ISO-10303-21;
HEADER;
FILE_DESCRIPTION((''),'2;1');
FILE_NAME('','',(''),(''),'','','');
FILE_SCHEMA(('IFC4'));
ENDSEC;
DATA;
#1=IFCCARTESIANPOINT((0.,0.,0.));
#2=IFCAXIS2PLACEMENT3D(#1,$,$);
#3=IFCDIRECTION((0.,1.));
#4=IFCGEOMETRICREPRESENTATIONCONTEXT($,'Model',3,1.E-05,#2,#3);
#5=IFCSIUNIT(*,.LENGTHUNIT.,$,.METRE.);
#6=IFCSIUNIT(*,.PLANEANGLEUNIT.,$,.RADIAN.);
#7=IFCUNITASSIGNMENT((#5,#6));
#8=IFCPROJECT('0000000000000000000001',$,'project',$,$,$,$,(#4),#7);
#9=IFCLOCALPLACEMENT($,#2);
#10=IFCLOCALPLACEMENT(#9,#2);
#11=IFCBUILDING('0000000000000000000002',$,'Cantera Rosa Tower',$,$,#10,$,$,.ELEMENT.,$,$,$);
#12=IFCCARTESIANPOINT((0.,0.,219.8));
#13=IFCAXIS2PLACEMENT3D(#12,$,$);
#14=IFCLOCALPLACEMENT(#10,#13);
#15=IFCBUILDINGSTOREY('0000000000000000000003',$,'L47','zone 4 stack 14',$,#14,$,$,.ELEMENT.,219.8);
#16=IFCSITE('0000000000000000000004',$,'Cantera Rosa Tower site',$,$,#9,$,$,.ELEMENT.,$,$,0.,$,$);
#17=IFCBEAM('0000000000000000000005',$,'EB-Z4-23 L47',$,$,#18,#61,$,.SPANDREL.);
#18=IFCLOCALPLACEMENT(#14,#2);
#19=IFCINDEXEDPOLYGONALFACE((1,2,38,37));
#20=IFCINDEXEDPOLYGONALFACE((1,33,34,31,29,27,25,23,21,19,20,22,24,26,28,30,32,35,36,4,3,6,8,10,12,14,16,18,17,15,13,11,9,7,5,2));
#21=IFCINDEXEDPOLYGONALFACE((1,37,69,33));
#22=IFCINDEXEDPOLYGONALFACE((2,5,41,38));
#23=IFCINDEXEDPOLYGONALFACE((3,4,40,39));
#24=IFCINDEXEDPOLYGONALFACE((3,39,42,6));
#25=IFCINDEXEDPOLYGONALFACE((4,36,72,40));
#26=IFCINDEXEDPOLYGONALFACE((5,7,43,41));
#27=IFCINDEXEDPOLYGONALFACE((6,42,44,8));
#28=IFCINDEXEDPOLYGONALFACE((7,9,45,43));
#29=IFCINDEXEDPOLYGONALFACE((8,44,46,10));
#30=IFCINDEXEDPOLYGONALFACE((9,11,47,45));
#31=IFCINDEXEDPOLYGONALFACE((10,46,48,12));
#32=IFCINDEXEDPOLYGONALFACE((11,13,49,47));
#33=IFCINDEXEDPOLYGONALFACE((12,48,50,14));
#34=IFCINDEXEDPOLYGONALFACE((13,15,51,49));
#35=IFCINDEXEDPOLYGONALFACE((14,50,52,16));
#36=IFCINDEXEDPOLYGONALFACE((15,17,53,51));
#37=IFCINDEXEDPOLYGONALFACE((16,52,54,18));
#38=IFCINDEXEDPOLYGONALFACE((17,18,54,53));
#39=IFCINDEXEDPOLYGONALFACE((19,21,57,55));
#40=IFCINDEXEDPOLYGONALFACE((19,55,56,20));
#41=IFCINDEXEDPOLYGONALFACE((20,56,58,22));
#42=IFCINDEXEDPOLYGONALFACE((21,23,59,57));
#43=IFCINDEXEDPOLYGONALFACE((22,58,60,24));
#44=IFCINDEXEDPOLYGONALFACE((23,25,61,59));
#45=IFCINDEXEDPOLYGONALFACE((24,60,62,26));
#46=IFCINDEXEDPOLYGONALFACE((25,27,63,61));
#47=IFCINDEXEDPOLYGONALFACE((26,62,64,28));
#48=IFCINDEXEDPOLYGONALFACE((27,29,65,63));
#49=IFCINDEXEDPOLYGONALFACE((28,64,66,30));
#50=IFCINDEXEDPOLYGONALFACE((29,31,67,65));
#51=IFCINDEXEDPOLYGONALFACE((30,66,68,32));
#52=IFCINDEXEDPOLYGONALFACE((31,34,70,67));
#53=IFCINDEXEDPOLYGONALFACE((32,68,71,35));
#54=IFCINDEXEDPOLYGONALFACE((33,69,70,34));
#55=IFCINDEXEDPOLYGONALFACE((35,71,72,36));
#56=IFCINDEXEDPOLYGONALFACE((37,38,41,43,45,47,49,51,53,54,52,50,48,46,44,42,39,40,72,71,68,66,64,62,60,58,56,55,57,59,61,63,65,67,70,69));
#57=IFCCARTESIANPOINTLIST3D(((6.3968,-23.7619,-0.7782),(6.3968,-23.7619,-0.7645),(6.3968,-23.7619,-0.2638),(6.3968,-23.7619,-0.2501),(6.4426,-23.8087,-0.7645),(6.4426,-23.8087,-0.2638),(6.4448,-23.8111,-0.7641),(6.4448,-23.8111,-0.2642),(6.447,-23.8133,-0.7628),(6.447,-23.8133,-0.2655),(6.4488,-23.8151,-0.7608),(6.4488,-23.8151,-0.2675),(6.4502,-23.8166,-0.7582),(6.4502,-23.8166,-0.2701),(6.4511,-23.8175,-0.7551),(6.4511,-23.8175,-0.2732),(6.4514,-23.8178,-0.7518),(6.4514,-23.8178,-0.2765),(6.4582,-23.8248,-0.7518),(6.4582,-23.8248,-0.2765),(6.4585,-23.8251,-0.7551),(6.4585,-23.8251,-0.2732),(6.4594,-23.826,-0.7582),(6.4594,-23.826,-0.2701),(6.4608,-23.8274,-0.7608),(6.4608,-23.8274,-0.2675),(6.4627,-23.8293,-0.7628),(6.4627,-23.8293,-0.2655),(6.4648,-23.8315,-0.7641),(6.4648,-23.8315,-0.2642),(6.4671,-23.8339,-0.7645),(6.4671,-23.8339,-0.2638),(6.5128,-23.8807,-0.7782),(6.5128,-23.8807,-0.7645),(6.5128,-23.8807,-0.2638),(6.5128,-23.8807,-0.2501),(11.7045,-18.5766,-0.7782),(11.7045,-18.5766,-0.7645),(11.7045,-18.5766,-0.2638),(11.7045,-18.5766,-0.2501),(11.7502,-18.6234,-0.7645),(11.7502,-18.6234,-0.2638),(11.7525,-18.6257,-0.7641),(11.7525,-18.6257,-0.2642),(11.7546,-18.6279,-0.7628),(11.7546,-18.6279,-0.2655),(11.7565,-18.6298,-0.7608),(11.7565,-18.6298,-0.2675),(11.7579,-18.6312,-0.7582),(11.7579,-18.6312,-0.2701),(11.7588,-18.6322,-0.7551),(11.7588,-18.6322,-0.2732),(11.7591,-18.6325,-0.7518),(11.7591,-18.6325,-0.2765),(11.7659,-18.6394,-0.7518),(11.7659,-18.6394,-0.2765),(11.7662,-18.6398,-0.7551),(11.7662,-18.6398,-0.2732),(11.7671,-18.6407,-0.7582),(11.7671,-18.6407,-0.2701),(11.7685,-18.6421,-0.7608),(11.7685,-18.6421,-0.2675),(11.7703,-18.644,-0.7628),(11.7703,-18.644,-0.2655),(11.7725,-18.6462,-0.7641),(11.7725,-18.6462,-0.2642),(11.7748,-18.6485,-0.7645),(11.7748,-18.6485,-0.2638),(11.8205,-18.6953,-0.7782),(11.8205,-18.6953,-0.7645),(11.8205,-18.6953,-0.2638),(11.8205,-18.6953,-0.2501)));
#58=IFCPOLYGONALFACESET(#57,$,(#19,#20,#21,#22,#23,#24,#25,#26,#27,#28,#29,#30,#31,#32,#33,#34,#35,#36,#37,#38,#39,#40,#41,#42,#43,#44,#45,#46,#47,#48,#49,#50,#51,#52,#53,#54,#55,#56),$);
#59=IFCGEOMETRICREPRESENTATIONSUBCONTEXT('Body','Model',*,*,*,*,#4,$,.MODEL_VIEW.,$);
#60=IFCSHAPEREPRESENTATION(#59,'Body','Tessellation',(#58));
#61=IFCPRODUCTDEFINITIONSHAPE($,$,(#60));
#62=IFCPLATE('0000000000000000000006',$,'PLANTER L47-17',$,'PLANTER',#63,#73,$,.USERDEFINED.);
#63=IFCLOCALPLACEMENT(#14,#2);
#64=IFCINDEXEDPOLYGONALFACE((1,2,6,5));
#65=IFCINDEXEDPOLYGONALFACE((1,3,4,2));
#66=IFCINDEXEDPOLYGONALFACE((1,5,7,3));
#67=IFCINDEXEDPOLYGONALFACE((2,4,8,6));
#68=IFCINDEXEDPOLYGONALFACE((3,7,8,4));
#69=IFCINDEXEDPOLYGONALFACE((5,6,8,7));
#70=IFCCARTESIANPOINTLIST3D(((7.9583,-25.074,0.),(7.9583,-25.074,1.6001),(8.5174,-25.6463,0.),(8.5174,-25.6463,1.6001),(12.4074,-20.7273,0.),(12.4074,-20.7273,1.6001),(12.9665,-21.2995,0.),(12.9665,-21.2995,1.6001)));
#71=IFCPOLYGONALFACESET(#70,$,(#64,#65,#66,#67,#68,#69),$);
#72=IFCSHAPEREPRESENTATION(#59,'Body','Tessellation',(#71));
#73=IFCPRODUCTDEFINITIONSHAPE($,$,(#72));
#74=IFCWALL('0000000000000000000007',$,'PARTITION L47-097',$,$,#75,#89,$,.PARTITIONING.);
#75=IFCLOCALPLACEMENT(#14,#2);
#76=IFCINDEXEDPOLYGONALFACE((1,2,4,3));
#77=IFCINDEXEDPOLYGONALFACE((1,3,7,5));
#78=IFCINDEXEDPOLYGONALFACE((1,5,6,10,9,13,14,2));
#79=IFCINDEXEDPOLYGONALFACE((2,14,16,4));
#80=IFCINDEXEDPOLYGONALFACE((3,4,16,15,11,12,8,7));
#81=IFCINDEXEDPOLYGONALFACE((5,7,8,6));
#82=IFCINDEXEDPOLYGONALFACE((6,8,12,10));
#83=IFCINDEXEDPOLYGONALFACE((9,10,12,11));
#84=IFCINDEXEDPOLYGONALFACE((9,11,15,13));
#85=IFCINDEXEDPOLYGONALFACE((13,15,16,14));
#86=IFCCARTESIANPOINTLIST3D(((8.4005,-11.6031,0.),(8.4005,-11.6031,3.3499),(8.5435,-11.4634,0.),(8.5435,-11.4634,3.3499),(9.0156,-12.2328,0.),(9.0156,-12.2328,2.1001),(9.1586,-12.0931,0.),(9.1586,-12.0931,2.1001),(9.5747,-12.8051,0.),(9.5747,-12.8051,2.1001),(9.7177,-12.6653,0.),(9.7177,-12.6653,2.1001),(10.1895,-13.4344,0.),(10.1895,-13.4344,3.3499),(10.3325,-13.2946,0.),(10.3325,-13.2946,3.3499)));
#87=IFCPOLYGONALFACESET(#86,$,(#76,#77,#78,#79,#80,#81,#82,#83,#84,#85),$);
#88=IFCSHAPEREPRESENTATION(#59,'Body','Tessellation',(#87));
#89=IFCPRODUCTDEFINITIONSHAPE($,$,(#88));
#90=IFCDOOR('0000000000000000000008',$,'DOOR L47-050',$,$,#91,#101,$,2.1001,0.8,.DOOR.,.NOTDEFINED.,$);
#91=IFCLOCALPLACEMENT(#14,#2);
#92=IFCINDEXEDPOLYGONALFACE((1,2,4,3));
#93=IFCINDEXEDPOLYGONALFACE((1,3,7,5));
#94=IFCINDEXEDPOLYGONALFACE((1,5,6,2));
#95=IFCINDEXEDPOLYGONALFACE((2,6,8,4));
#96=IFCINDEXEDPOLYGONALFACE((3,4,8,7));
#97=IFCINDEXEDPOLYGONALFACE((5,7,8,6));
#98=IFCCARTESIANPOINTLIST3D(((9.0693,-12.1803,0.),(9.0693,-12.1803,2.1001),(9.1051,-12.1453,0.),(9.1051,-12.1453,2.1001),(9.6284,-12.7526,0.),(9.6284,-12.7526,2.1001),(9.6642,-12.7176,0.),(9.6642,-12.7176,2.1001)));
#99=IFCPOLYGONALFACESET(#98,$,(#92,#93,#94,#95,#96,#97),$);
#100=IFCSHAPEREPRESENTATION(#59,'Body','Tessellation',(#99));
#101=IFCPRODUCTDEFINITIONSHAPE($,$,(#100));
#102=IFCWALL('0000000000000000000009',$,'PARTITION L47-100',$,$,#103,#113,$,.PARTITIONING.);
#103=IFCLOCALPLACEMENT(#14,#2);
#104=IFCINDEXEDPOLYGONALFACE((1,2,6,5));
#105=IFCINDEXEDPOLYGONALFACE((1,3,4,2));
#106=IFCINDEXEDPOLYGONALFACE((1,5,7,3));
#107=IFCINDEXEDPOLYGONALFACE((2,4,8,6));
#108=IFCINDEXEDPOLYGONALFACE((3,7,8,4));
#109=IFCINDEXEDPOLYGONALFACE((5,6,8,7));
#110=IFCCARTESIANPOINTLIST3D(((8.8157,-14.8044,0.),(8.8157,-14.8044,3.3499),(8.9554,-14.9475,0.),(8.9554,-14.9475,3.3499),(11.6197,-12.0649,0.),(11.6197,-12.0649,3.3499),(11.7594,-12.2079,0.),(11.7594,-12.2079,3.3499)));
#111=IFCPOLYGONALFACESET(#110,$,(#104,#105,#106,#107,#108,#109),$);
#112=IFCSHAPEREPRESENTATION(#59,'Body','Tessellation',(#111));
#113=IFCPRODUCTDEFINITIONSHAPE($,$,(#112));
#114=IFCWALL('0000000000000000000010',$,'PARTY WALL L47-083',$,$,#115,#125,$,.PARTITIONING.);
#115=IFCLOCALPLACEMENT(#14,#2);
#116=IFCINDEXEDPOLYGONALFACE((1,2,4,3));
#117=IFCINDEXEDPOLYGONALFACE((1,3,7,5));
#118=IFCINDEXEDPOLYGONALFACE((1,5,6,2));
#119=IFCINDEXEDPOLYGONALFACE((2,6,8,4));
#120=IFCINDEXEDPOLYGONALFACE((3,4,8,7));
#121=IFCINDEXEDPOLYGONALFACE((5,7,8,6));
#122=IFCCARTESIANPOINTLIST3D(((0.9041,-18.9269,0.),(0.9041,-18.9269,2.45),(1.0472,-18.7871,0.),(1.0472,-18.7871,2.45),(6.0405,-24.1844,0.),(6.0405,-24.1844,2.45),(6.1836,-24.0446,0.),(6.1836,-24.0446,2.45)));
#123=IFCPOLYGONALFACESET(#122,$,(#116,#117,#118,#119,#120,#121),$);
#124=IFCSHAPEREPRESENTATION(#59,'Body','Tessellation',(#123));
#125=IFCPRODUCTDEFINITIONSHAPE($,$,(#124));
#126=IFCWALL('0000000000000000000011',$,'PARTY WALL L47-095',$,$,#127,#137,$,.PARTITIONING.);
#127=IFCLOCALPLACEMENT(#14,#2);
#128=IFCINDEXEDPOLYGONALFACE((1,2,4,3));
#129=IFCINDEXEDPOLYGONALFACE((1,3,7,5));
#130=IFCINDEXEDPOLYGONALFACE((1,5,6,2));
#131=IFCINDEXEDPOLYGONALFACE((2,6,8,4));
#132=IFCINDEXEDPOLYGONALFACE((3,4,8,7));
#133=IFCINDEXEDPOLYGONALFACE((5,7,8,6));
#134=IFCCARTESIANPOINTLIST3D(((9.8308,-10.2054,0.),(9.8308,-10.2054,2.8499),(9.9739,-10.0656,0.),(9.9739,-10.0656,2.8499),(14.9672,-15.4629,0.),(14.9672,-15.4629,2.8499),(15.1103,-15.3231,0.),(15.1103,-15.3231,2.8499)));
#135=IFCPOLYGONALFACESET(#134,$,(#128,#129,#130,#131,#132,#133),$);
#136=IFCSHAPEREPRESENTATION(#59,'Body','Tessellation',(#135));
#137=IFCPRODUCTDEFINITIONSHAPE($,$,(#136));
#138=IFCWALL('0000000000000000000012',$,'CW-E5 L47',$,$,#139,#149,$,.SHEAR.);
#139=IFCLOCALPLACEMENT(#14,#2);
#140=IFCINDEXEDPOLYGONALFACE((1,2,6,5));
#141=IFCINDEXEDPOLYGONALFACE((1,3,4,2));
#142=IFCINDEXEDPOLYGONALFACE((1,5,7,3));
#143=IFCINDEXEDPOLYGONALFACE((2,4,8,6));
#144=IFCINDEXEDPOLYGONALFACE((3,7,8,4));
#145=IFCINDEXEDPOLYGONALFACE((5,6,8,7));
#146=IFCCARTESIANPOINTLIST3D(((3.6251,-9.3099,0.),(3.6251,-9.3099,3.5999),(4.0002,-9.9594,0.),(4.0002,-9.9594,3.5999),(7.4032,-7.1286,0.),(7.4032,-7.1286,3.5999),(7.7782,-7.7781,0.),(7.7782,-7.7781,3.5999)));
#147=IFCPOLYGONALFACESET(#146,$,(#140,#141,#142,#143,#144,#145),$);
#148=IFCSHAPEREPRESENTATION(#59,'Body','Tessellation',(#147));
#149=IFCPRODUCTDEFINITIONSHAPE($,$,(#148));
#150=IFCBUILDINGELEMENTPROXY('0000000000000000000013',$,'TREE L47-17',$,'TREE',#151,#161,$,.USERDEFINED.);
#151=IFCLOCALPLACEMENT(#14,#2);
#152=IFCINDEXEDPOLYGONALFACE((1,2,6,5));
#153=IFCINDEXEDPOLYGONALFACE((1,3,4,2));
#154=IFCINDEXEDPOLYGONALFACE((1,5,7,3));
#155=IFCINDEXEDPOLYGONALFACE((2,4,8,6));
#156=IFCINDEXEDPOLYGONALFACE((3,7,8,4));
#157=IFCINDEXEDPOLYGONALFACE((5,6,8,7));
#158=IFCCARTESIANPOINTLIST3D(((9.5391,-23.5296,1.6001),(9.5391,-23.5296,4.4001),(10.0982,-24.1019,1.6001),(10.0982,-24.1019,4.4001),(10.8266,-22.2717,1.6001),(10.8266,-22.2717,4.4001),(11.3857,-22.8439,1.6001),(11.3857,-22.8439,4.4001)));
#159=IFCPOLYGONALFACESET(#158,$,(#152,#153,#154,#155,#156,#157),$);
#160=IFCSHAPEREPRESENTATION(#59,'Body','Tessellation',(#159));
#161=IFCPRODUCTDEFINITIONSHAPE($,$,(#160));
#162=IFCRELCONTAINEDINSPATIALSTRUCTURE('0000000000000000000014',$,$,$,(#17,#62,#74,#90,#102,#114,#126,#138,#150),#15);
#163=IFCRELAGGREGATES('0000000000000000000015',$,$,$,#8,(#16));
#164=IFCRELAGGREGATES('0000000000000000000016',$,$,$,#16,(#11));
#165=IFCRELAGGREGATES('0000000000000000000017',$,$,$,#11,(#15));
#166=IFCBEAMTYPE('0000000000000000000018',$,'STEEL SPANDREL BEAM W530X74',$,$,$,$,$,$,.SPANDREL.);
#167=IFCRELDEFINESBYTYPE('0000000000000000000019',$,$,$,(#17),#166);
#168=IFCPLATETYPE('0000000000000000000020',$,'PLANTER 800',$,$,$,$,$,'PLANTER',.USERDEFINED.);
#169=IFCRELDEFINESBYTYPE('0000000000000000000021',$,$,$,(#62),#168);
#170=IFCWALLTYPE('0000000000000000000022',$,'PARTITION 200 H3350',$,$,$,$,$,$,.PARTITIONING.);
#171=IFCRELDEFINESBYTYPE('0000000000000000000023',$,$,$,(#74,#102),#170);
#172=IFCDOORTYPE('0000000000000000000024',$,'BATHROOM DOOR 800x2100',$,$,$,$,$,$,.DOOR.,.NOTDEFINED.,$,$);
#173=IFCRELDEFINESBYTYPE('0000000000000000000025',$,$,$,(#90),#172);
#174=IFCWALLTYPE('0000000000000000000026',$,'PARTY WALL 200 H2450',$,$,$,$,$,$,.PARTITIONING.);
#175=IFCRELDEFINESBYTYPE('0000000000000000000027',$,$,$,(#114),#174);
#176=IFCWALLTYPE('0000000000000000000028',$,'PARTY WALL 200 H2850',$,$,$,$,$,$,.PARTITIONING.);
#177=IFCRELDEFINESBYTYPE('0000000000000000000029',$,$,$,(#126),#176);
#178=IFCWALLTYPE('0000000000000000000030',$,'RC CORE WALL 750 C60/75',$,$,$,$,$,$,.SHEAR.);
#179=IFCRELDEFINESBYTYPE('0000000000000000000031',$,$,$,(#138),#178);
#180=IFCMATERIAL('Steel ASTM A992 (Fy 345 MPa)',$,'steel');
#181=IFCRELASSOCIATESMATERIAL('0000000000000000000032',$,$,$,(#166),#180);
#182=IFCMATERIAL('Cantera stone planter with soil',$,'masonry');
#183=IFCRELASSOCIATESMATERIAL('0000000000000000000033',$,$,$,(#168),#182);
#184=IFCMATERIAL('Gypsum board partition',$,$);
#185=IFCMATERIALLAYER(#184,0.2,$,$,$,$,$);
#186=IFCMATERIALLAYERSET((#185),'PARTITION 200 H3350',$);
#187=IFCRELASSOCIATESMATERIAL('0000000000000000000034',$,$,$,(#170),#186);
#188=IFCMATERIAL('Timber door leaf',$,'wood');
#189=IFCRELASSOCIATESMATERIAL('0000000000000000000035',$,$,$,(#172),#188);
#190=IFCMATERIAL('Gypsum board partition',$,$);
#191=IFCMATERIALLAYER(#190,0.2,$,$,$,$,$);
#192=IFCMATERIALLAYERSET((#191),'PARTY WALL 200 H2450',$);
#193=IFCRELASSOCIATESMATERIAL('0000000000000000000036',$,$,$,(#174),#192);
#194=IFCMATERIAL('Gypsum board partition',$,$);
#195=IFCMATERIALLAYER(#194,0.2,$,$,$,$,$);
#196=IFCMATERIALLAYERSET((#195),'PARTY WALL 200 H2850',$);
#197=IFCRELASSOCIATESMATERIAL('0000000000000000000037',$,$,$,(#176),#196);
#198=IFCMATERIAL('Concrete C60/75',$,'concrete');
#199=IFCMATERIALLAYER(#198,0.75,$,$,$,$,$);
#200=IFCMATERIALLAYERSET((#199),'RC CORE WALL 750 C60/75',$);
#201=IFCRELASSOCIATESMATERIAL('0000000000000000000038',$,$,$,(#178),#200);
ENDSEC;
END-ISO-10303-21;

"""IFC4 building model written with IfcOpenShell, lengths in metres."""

from ifc_helpers import new_model, si_unit, direction, frame, frame_2d, origin, origin_2d, place, context, subcontext, project, spatial, rectangle, i_section, extrude, material, layer, layer_set, material_profile, profile_set, type_object, element, fill, save


model = new_model("IFC4")

# Units and contexts
model_context = context("Model", 3, precision=1e-05, world=origin(), true_north=direction((0.0, 1.0)))
body_context = subcontext(model_context, "Body", "Model", "MODEL_VIEW")
ifc_project = project(units=[si_unit("LENGTHUNIT", "METRE"), si_unit("PLANEANGLEUNIT", "RADIAN")], contexts=[model_context])

# Site, building, storey
site_placement = place(None, origin())
site = spatial("IfcSite", under=ifc_project, at=site_placement, Name="Cantera Rosa Tower site", CompositionType="ELEMENT", RefElevation=0.0)
building_placement = place(site_placement, origin())
building = spatial("IfcBuilding", under=site, at=building_placement, Name="Cantera Rosa Tower", CompositionType="ELEMENT")
storey_placement = place(building_placement, frame((0.0, 0.0, 219.8)))
storey = spatial("IfcBuildingStorey", under=building, at=storey_placement, Name="L47", Description="zone 4 stack 14", CompositionType="ELEMENT", Elevation=219.8)

# Beam
ifc_material_1 = material(Name="Steel ASTM A992 (Fy 345 MPa)", Category="steel")
ifc_material_profile_1 = material_profile(ifc_material_1, i_section(OverallWidth=0.166, OverallDepth=0.5281, WebThickness=0.0098, FlangeThickness=0.0137, FilletRadius=0.0127, at=origin_2d()), Name="W530X74")
ifc_profile_set_1 = profile_set([ifc_material_profile_1], Name="Steel ASTM A992 (Fy 345 MPa)")
beam_type_1 = type_object("IfcBeamType", Name="STEEL SPANDREL BEAM W530X74", PredefinedType="SPANDREL", material=ifc_profile_set_1)
beam_1_placement = place(storey_placement, frame((6.4548, -23.8213, -0.5142), z_axis=(0.715301, 0.698817, 0.0), x_axis=(-0.698817, 0.715301, 0.0)))
element("IfcBeam", 1, at=beam_1_placement, inside=storey, type_object=beam_type_1, Name="EB-Z4-23 L47", PredefinedType="SPANDREL", context=body_context, shape_type="SweptSolid", body=[
    extrude(i_section(OverallWidth=0.166, OverallDepth=0.5281, WebThickness=0.0098, FlangeThickness=0.0137, FilletRadius=0.0127, at=origin_2d()), origin(), (0.0, 0.0, 1.0), 7.4202),
])

# Plate
ifc_material_2 = material(Name="Cantera stone planter with soil", Category="masonry")
plate_type = type_object("IfcPlateType", Name="PLANTER 800", ElementType="PLANTER", PredefinedType="USERDEFINED", material=ifc_material_2)
plate_placement = place(storey_placement, frame((10.4624, -23.1868, 0.0), z_axis=(0.0, 0.0, 1.0), x_axis=(0.715286, 0.698832, 0.0)))
element("IfcPlate", 2, at=plate_placement, inside=storey, type_object=plate_type, Name="PLANTER L47-17", ObjectType="PLANTER", PredefinedType="USERDEFINED", context=body_context, shape_type="SweptSolid", body=[
    extrude(rectangle(XDim=6.22, YDim=0.8, at=origin_2d()), origin(), (0.0, 0.0, 1.0), 1.6001),
])

# Wall, opening, door
ifc_material_3 = material(Name="Gypsum board partition")
ifc_layer_1 = layer(ifc_material_3, 0.2)
ifc_layer_set_1 = layer_set([ifc_layer_1], Name="PARTITION 200 H3350")
wall_type_1 = type_object("IfcWallType", Name="PARTITION 200 H3350", PredefinedType="PARTITIONING", material=ifc_layer_set_1)
wall_1_placement = place(storey_placement, frame((10.261, -13.3645, 0.0), z_axis=(0.0, 0.0, 1.0), x_axis=(-0.69881, 0.715307, 0.0)))
wall_1 = element("IfcWall", 3, at=wall_1_placement, inside=storey, type_object=wall_type_1, Name="PARTITION L47-097", PredefinedType="PARTITIONING", context=body_context, shape_type="SweptSolid", body=[
    extrude(rectangle(XDim=2.5601, YDim=0.2, at=frame_2d((1.28, 0.0))), origin(), (0.0, 0.0, 1.0), 3.3499),
])
opening_1_placement = place(wall_1_placement, frame((0.8799, 0.0, 0.0)))
opening_1 = element("IfcOpeningElement", 4, at=opening_1_placement, cuts=wall_1, PredefinedType="OPENING", context=body_context, shape_type="SweptSolid", body=[
    extrude(rectangle(XDim=0.8, YDim=2.1001, at=frame_2d((0.3999, 1.05))), frame((0.0, 0.1099, 0.0), z_axis=(0.0, -1.0, 0.0), x_axis=(1.0, 0.0, 0.0)), (0.0, 0.0, 1.0), 0.22),
])
ifc_material_4 = material(Name="Timber door leaf", Category="wood")
door_type_1 = type_object("IfcDoorType", Name="BATHROOM DOOR 800x2100", OperationType="NOTDEFINED", PredefinedType="DOOR", material=ifc_material_4)
door_1_placement = place(opening_1_placement, origin())
door_1 = element("IfcDoor", 5, at=door_1_placement, inside=storey, type_object=door_type_1, Name="DOOR L47-050", OperationType="NOTDEFINED", OverallHeight=2.1001, OverallWidth=0.8, PredefinedType="DOOR", context=body_context, shape_type="SweptSolid", body=[
    extrude(rectangle(XDim=0.8, YDim=2.1001, at=frame_2d((0.3999, 1.05))), frame((0.0, 0.0249, 0.0), z_axis=(0.0, -1.0, 0.0), x_axis=(1.0, 0.0, 0.0)), (0.0, 0.0, 1.0), 0.05),
])
fill(opening_1, door_1)

# Walls
wall_2_placement = place(storey_placement, frame((11.6895, -12.1365, 0.0), z_axis=(0.0, 0.0, 1.0), x_axis=(-0.71528, -0.698838, 0.0)))
element("IfcWall", 6, at=wall_2_placement, inside=storey, type_object=wall_type_1, Name="PARTITION L47-100", PredefinedType="PARTITIONING", context=body_context, shape_type="SweptSolid", body=[
    extrude(rectangle(XDim=3.9202, YDim=0.2, at=frame_2d((1.96, 0.0))), origin(), (0.0, 0.0, 1.0), 3.3499),
])
ifc_material_5 = material(Name="Gypsum board partition")
ifc_layer_2 = layer(ifc_material_5, 0.2)
ifc_layer_set_2 = layer_set([ifc_layer_2], Name="PARTY WALL 200 H2450")
wall_type_2 = type_object("IfcWallType", Name="PARTY WALL 200 H2450", PredefinedType="PARTITIONING", material=ifc_layer_set_2)
wall_3_placement = place(storey_placement, frame((6.1121, -24.1145, 0.0), z_axis=(0.0, 0.0, 1.0), x_axis=(-0.698821, 0.715296, 0.0)))
element("IfcWall", 7, at=wall_3_placement, inside=storey, type_object=wall_type_2, Name="PARTY WALL L47-083", PredefinedType="PARTITIONING", context=body_context, shape_type="SweptSolid", body=[
    extrude(rectangle(XDim=7.3501, YDim=0.2, at=frame_2d((3.675, 0.0))), origin(), (0.0, 0.0, 1.0), 2.45),
])
ifc_material_6 = material(Name="Gypsum board partition")
ifc_layer_3 = layer(ifc_material_6, 0.2)
ifc_layer_set_3 = layer_set([ifc_layer_3], Name="PARTY WALL 200 H2850")
wall_type_3 = type_object("IfcWallType", Name="PARTY WALL 200 H2850", PredefinedType="PARTITIONING", material=ifc_layer_set_3)
wall_4_placement = place(storey_placement, frame((9.9023, -10.1355, 0.0), z_axis=(0.0, 0.0, 1.0), x_axis=(0.698821, -0.715296, 0.0)))
element("IfcWall", 8, at=wall_4_placement, inside=storey, type_object=wall_type_3, Name="PARTY WALL L47-095", PredefinedType="PARTITIONING", context=body_context, shape_type="SweptSolid", body=[
    extrude(rectangle(XDim=7.3501, YDim=0.2, at=frame_2d((3.675, 0.0))), origin(), (0.0, 0.0, 1.0), 2.8499),
])
ifc_material_7 = material(Name="Concrete C60/75", Category="concrete")
ifc_layer_4 = layer(ifc_material_7, 0.75)
ifc_layer_set_4 = layer_set([ifc_layer_4], Name="RC CORE WALL 750 C60/75")
wall_type_4 = type_object("IfcWallType", Name="RC CORE WALL 750 C60/75", PredefinedType="SHEAR", material=ifc_layer_set_4)
wall_5_placement = place(storey_placement, frame((7.5906, -7.4534, 0.0), z_axis=(0.0, 0.0, 1.0), x_axis=(-0.866013, -0.500021, 0.0)))
element("IfcWall", 9, at=wall_5_placement, inside=storey, type_object=wall_type_4, Name="CW-E5 L47", PredefinedType="SHEAR", context=body_context, shape_type="SweptSolid", body=[
    extrude(rectangle(XDim=4.3625, YDim=0.75, at=frame_2d((2.1812, 0.0))), origin(), (0.0, 0.0, 1.0), 3.5999),
])

# Building element proxy
proxy_placement = place(storey_placement, frame((10.4624, -23.1868, 1.6001), z_axis=(0.0, 0.0, 1.0), x_axis=(0.715286, 0.698832, 0.0)))
element("IfcBuildingElementProxy", 10, at=proxy_placement, inside=storey, Name="TREE L47-17", ObjectType="TREE", PredefinedType="USERDEFINED", context=body_context, shape_type="SweptSolid", body=[
    extrude(rectangle(XDim=1.8, YDim=0.8, at=origin_2d()), origin(), (0.0, 0.0, 1.0), 2.8),
])

save(model, "model.ifc")
